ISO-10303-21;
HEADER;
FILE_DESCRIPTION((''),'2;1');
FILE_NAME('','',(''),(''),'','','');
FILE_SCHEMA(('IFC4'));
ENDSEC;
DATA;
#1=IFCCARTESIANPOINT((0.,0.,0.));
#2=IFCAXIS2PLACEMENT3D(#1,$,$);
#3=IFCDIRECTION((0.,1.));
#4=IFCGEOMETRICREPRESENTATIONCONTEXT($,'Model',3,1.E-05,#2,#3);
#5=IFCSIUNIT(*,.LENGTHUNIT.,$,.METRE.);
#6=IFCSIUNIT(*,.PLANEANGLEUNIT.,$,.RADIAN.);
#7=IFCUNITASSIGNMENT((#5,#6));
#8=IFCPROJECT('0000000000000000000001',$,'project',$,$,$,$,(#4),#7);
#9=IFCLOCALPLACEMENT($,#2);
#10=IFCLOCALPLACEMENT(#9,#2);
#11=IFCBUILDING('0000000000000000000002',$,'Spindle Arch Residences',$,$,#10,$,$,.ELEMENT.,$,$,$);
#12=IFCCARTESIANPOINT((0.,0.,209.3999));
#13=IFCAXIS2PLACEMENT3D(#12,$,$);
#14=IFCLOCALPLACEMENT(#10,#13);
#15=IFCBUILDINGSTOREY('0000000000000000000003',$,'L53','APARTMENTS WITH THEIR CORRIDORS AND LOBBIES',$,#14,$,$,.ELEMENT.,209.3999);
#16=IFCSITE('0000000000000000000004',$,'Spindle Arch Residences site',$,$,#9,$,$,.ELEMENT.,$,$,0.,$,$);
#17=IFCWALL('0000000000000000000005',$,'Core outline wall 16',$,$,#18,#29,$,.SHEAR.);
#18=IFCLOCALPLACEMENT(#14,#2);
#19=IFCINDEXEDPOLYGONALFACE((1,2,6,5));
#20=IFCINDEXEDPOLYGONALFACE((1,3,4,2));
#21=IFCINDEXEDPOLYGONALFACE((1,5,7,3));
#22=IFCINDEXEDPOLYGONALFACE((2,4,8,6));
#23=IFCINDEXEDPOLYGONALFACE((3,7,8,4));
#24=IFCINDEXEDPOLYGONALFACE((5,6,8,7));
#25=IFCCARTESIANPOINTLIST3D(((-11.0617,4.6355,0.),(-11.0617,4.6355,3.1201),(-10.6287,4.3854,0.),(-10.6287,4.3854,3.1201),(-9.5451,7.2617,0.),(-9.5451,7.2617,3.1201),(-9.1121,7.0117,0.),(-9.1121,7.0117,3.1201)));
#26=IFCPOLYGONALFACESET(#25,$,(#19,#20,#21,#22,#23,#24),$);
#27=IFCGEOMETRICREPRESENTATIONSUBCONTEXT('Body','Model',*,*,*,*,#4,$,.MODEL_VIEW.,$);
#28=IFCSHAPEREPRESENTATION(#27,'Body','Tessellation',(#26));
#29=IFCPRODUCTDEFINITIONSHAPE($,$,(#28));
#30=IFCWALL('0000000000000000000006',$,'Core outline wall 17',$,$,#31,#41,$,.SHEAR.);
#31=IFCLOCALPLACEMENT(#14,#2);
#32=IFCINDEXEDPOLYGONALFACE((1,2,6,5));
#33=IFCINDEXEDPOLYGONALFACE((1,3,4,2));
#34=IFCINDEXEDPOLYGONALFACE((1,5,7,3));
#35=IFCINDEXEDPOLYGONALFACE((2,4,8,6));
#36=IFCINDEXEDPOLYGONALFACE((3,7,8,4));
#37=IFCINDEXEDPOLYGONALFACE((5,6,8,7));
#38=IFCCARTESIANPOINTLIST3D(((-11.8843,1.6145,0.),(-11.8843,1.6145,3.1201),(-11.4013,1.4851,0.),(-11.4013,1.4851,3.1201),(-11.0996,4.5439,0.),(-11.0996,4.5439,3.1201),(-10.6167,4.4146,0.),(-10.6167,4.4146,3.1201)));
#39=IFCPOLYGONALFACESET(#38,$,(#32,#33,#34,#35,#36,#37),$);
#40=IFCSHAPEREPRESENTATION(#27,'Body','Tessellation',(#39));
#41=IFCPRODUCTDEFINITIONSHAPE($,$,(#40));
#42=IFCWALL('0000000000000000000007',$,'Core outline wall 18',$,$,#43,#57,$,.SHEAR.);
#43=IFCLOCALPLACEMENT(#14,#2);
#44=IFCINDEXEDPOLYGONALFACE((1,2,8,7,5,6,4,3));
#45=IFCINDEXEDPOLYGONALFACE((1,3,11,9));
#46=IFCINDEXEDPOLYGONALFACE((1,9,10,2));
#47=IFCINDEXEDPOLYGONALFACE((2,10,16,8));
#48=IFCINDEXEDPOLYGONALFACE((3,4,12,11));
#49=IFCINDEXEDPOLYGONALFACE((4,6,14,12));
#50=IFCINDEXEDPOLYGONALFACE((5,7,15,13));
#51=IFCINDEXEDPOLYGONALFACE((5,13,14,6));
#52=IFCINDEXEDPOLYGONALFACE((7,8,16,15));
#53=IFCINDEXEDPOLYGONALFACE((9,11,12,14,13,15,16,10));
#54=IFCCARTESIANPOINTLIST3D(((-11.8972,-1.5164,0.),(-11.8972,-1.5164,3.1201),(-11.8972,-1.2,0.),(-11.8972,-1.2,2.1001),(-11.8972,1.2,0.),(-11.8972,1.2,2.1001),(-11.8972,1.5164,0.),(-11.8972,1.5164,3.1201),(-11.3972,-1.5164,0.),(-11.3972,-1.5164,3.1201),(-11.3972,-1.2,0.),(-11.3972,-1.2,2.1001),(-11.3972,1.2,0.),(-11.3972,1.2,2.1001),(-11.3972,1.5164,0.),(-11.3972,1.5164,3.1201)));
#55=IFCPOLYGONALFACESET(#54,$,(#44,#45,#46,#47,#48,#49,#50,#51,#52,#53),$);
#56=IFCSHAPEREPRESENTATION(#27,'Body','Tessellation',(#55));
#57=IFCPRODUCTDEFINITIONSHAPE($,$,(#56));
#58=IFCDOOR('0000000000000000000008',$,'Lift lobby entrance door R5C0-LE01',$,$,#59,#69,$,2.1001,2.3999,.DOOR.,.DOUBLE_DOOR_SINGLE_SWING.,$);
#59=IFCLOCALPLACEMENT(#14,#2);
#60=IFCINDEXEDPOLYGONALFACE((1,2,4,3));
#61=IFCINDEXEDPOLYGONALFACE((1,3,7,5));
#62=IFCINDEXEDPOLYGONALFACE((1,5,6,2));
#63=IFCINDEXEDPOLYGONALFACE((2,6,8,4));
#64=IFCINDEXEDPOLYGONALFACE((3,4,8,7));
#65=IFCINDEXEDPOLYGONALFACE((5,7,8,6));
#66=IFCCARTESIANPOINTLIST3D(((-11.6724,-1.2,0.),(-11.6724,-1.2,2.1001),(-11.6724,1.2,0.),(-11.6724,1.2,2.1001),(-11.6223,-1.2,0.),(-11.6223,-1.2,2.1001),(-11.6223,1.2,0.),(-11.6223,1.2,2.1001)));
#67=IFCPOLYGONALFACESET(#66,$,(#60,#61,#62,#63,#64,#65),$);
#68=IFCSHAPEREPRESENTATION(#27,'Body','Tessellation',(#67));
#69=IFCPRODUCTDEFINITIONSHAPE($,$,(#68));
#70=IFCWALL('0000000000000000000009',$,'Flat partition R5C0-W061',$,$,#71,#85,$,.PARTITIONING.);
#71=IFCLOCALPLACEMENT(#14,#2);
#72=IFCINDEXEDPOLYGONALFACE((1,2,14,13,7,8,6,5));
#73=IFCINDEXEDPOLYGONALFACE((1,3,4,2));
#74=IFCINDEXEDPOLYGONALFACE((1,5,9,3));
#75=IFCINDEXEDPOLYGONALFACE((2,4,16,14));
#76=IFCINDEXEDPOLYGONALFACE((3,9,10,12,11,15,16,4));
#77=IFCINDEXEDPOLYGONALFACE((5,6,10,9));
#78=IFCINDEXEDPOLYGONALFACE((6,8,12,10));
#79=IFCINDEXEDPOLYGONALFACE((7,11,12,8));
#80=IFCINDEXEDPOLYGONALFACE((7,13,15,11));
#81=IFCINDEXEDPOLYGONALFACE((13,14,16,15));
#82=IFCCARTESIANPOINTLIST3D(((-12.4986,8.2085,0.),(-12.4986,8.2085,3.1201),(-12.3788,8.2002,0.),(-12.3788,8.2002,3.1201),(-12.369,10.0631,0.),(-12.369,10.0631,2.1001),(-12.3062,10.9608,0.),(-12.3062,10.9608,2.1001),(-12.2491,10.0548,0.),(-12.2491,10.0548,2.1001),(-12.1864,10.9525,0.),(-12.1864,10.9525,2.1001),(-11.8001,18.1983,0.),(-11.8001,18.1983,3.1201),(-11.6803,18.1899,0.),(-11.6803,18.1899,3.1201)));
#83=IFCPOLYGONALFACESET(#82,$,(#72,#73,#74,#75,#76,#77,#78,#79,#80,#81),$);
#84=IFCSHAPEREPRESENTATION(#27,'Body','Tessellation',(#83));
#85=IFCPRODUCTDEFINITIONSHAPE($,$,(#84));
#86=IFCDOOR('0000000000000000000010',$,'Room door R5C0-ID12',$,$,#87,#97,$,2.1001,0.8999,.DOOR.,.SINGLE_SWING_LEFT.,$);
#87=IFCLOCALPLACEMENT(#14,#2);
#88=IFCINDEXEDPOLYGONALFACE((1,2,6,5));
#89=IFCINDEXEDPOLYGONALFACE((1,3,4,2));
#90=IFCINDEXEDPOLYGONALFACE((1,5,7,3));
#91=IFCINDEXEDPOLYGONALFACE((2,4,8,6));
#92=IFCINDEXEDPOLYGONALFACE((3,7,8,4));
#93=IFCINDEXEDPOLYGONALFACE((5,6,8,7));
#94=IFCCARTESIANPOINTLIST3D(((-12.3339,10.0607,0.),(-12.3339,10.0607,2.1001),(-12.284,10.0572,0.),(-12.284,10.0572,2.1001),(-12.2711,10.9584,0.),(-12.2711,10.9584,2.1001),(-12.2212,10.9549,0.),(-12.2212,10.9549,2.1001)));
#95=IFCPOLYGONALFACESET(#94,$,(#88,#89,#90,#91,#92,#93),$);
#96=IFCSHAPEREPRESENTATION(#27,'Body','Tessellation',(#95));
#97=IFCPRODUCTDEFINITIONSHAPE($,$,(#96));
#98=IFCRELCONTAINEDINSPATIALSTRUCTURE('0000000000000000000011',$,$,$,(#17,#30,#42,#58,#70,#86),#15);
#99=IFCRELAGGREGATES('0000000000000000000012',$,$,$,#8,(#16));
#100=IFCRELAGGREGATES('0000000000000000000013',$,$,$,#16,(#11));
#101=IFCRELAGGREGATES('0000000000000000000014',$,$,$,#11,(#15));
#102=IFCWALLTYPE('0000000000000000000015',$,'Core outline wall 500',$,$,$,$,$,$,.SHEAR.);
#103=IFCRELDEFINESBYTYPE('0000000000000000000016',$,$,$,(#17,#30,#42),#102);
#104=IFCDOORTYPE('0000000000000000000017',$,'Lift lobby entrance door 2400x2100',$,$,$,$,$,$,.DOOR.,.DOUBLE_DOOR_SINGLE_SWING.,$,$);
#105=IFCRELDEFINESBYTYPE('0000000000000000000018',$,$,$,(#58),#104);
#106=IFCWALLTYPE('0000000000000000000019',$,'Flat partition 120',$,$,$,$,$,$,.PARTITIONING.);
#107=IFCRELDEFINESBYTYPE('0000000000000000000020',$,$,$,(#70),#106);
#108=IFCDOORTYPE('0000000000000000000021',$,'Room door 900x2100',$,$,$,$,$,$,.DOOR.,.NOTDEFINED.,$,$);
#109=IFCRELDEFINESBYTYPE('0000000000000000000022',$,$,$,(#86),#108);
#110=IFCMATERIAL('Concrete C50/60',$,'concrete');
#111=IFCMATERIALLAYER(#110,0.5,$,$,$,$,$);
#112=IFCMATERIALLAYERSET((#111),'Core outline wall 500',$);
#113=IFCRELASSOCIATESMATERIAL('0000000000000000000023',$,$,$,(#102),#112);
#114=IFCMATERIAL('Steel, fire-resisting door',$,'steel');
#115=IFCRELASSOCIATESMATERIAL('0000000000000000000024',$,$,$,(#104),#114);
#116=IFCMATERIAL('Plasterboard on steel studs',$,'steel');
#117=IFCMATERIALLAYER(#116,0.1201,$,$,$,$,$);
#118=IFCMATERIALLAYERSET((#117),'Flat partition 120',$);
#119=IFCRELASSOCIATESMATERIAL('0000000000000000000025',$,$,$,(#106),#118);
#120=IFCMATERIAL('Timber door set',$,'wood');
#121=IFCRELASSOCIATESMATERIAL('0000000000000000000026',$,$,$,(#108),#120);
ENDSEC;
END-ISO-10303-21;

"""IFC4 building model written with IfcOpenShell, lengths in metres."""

from ifc_helpers import new_model, si_unit, direction, frame, frame_2d, origin, place, context, subcontext, project, spatial, rectangle, extrude, material, layer, layer_set, type_object, element, fill, save


model = new_model("IFC4")

# Units and contexts
model_context = context("Model", 3, precision=1e-05, world=origin(), true_north=direction((0.0, 1.0)))
body_context = subcontext(model_context, "Body", "Model", "MODEL_VIEW")
ifc_project = project(units=[si_unit("LENGTHUNIT", "METRE"), si_unit("PLANEANGLEUNIT", "RADIAN")], contexts=[model_context])

# Site, building, storey
site_placement = place(None, origin())
site = spatial("IfcSite", under=ifc_project, at=site_placement, Name="Spindle Arch Residences site", CompositionType="ELEMENT", RefElevation=0.0)
building_placement = place(site_placement, origin())
building = spatial("IfcBuilding", under=site, at=building_placement, Name="Spindle Arch Residences", CompositionType="ELEMENT")
storey_placement = place(building_placement, frame((0.0, 0.0, 209.3999)))
storey = spatial("IfcBuildingStorey", under=building, at=storey_placement, Name="L53", Description="APARTMENTS WITH THEIR CORRIDORS AND LOBBIES", CompositionType="ELEMENT", Elevation=209.3999)

# Walls
ifc_material_1 = material(Name="Concrete C50/60", Category="concrete")
ifc_layer_1 = layer(ifc_material_1, 0.5)
ifc_layer_set_1 = layer_set([ifc_layer_1], Name="Core outline wall 500")
wall_type_1 = type_object("IfcWallType", Name="Core outline wall 500", PredefinedType="SHEAR", material=ifc_layer_set_1)
for number, where, z_axis, x_axis, name in (
    (1, (-9.3286, 7.1367, 0.0), (0.0, 0.0, 1.0), (-0.500087, -0.865975, 0.0), "Core outline wall 16"),
    (2, (-10.8582, 4.4792, 0.0), (0.0, 0.0, 1.0), (-0.258735, -0.965948, 0.0), "Core outline wall 17"),
):
    element("IfcWall", number, at=place(storey_placement, frame(where, z_axis=z_axis, x_axis=x_axis)), inside=storey, type_object=wall_type_1, Name=name, PredefinedType="SHEAR", context=body_context, shape_type="SweptSolid", body=[
        extrude(rectangle(XDim=3.0327, YDim=0.5, at=frame_2d((1.5164, 0.0))), origin(), (0.0, 0.0, 1.0), 3.1201),
    ])

# Walls, openings, doors
wall_1_placement = place(storey_placement, frame((-11.6472, 1.5164, 0.0), z_axis=(0.0, 0.0, 1.0), x_axis=(0.0, -1.0, 0.0)))
wall_1 = element("IfcWall", 3, at=wall_1_placement, inside=storey, type_object=wall_type_1, Name="Core outline wall 18", PredefinedType="SHEAR", context=body_context, shape_type="SweptSolid", body=[
    extrude(rectangle(XDim=3.0327, YDim=0.5, at=frame_2d((1.5164, 0.0))), origin(), (0.0, 0.0, 1.0), 3.1201),
])
opening_1_placement = place(wall_1_placement, frame((0.3164, 0.0, 0.0)))
opening_1 = element("IfcOpeningElement", 4, at=opening_1_placement, cuts=wall_1, PredefinedType="OPENING", context=body_context, shape_type="SweptSolid", body=[
    extrude(rectangle(XDim=2.3999, YDim=2.1001, at=frame_2d((1.2, 1.05))), frame((0.0, 0.26, 0.0), z_axis=(0.0, -1.0, 0.0), x_axis=(1.0, 0.0, 0.0)), (0.0, 0.0, 1.0), 0.52),
])
ifc_material_2 = material(Name="Steel, fire-resisting door", Category="steel")
door_type_1 = type_object("IfcDoorType", Name="Lift lobby entrance door 2400x2100", OperationType="DOUBLE_DOOR_SINGLE_SWING", PredefinedType="DOOR", material=ifc_material_2)
door_1_placement = place(opening_1_placement, origin())
door_1 = element("IfcDoor", 5, at=door_1_placement, inside=storey, type_object=door_type_1, Name="Lift lobby entrance door R5C0-LE01", OperationType="DOUBLE_DOOR_SINGLE_SWING", OverallHeight=2.1001, OverallWidth=2.3999, PredefinedType="DOOR", context=body_context, shape_type="SweptSolid", body=[
    extrude(rectangle(XDim=2.3999, YDim=2.1001, at=frame_2d((1.2, 1.05))), frame((0.0, 0.0249, 0.0), z_axis=(0.0, -1.0, 0.0), x_axis=(1.0, 0.0, 0.0)), (0.0, 0.0, 1.0), 0.05),
])
fill(opening_1, door_1)
ifc_material_3 = material(Name="Plasterboard on steel studs", Category="steel")
ifc_layer_2 = layer(ifc_material_3, 0.1201)
ifc_layer_set_2 = layer_set([ifc_layer_2], Name="Flat partition 120")
wall_type_2 = type_object("IfcWallType", Name="Flat partition 120", PredefinedType="PARTITIONING", material=ifc_layer_set_2)
wall_2_placement = place(storey_placement, frame((-12.4387, 8.2043, 0.0), z_axis=(0.0, 0.0, 1.0), x_axis=(0.06975, 0.997565, 0.0)))
wall_2 = element("IfcWall", 6, at=wall_2_placement, inside=storey, type_object=wall_type_2, Name="Flat partition R5C0-W061", PredefinedType="PARTITIONING", context=body_context, shape_type="SweptSolid", body=[
    extrude(rectangle(XDim=10.0142, YDim=0.1201, at=frame_2d((5.0071, 0.0))), origin(), (0.0, 0.0, 1.0), 3.1201),
])
opening_2_placement = place(wall_2_placement, frame((1.8591, 0.0, 0.0)))
opening_2 = element("IfcOpeningElement", 7, at=opening_2_placement, cuts=wall_2, PredefinedType="OPENING", context=body_context, shape_type="SweptSolid", body=[
    extrude(rectangle(XDim=0.8999, YDim=2.1001, at=frame_2d((0.45, 1.05))), frame((0.0, 0.0701, 0.0), z_axis=(0.0, -1.0, 0.0), x_axis=(1.0, 0.0, 0.0)), (0.0, 0.0, 1.0), 0.1401),
])
ifc_material_4 = material(Name="Timber door set", Category="wood")
door_type_2 = type_object("IfcDoorType", Name="Room door 900x2100", OperationType="NOTDEFINED", PredefinedType="DOOR", material=ifc_material_4)
door_2_placement = place(opening_2_placement, origin())
door_2 = element("IfcDoor", 8, at=door_2_placement, inside=storey, type_object=door_type_2, Name="Room door R5C0-ID12", OperationType="SINGLE_SWING_LEFT", OverallHeight=2.1001, OverallWidth=0.8999, PredefinedType="DOOR", context=body_context, shape_type="SweptSolid", body=[
    extrude(rectangle(XDim=0.8999, YDim=2.1001, at=frame_2d((0.45, 1.05))), frame((0.0, 0.0249, 0.0), z_axis=(0.0, -1.0, 0.0), x_axis=(1.0, 0.0, 0.0)), (0.0, 0.0, 1.0), 0.05),
])
fill(opening_2, door_2)

save(model, "model.ifc")
